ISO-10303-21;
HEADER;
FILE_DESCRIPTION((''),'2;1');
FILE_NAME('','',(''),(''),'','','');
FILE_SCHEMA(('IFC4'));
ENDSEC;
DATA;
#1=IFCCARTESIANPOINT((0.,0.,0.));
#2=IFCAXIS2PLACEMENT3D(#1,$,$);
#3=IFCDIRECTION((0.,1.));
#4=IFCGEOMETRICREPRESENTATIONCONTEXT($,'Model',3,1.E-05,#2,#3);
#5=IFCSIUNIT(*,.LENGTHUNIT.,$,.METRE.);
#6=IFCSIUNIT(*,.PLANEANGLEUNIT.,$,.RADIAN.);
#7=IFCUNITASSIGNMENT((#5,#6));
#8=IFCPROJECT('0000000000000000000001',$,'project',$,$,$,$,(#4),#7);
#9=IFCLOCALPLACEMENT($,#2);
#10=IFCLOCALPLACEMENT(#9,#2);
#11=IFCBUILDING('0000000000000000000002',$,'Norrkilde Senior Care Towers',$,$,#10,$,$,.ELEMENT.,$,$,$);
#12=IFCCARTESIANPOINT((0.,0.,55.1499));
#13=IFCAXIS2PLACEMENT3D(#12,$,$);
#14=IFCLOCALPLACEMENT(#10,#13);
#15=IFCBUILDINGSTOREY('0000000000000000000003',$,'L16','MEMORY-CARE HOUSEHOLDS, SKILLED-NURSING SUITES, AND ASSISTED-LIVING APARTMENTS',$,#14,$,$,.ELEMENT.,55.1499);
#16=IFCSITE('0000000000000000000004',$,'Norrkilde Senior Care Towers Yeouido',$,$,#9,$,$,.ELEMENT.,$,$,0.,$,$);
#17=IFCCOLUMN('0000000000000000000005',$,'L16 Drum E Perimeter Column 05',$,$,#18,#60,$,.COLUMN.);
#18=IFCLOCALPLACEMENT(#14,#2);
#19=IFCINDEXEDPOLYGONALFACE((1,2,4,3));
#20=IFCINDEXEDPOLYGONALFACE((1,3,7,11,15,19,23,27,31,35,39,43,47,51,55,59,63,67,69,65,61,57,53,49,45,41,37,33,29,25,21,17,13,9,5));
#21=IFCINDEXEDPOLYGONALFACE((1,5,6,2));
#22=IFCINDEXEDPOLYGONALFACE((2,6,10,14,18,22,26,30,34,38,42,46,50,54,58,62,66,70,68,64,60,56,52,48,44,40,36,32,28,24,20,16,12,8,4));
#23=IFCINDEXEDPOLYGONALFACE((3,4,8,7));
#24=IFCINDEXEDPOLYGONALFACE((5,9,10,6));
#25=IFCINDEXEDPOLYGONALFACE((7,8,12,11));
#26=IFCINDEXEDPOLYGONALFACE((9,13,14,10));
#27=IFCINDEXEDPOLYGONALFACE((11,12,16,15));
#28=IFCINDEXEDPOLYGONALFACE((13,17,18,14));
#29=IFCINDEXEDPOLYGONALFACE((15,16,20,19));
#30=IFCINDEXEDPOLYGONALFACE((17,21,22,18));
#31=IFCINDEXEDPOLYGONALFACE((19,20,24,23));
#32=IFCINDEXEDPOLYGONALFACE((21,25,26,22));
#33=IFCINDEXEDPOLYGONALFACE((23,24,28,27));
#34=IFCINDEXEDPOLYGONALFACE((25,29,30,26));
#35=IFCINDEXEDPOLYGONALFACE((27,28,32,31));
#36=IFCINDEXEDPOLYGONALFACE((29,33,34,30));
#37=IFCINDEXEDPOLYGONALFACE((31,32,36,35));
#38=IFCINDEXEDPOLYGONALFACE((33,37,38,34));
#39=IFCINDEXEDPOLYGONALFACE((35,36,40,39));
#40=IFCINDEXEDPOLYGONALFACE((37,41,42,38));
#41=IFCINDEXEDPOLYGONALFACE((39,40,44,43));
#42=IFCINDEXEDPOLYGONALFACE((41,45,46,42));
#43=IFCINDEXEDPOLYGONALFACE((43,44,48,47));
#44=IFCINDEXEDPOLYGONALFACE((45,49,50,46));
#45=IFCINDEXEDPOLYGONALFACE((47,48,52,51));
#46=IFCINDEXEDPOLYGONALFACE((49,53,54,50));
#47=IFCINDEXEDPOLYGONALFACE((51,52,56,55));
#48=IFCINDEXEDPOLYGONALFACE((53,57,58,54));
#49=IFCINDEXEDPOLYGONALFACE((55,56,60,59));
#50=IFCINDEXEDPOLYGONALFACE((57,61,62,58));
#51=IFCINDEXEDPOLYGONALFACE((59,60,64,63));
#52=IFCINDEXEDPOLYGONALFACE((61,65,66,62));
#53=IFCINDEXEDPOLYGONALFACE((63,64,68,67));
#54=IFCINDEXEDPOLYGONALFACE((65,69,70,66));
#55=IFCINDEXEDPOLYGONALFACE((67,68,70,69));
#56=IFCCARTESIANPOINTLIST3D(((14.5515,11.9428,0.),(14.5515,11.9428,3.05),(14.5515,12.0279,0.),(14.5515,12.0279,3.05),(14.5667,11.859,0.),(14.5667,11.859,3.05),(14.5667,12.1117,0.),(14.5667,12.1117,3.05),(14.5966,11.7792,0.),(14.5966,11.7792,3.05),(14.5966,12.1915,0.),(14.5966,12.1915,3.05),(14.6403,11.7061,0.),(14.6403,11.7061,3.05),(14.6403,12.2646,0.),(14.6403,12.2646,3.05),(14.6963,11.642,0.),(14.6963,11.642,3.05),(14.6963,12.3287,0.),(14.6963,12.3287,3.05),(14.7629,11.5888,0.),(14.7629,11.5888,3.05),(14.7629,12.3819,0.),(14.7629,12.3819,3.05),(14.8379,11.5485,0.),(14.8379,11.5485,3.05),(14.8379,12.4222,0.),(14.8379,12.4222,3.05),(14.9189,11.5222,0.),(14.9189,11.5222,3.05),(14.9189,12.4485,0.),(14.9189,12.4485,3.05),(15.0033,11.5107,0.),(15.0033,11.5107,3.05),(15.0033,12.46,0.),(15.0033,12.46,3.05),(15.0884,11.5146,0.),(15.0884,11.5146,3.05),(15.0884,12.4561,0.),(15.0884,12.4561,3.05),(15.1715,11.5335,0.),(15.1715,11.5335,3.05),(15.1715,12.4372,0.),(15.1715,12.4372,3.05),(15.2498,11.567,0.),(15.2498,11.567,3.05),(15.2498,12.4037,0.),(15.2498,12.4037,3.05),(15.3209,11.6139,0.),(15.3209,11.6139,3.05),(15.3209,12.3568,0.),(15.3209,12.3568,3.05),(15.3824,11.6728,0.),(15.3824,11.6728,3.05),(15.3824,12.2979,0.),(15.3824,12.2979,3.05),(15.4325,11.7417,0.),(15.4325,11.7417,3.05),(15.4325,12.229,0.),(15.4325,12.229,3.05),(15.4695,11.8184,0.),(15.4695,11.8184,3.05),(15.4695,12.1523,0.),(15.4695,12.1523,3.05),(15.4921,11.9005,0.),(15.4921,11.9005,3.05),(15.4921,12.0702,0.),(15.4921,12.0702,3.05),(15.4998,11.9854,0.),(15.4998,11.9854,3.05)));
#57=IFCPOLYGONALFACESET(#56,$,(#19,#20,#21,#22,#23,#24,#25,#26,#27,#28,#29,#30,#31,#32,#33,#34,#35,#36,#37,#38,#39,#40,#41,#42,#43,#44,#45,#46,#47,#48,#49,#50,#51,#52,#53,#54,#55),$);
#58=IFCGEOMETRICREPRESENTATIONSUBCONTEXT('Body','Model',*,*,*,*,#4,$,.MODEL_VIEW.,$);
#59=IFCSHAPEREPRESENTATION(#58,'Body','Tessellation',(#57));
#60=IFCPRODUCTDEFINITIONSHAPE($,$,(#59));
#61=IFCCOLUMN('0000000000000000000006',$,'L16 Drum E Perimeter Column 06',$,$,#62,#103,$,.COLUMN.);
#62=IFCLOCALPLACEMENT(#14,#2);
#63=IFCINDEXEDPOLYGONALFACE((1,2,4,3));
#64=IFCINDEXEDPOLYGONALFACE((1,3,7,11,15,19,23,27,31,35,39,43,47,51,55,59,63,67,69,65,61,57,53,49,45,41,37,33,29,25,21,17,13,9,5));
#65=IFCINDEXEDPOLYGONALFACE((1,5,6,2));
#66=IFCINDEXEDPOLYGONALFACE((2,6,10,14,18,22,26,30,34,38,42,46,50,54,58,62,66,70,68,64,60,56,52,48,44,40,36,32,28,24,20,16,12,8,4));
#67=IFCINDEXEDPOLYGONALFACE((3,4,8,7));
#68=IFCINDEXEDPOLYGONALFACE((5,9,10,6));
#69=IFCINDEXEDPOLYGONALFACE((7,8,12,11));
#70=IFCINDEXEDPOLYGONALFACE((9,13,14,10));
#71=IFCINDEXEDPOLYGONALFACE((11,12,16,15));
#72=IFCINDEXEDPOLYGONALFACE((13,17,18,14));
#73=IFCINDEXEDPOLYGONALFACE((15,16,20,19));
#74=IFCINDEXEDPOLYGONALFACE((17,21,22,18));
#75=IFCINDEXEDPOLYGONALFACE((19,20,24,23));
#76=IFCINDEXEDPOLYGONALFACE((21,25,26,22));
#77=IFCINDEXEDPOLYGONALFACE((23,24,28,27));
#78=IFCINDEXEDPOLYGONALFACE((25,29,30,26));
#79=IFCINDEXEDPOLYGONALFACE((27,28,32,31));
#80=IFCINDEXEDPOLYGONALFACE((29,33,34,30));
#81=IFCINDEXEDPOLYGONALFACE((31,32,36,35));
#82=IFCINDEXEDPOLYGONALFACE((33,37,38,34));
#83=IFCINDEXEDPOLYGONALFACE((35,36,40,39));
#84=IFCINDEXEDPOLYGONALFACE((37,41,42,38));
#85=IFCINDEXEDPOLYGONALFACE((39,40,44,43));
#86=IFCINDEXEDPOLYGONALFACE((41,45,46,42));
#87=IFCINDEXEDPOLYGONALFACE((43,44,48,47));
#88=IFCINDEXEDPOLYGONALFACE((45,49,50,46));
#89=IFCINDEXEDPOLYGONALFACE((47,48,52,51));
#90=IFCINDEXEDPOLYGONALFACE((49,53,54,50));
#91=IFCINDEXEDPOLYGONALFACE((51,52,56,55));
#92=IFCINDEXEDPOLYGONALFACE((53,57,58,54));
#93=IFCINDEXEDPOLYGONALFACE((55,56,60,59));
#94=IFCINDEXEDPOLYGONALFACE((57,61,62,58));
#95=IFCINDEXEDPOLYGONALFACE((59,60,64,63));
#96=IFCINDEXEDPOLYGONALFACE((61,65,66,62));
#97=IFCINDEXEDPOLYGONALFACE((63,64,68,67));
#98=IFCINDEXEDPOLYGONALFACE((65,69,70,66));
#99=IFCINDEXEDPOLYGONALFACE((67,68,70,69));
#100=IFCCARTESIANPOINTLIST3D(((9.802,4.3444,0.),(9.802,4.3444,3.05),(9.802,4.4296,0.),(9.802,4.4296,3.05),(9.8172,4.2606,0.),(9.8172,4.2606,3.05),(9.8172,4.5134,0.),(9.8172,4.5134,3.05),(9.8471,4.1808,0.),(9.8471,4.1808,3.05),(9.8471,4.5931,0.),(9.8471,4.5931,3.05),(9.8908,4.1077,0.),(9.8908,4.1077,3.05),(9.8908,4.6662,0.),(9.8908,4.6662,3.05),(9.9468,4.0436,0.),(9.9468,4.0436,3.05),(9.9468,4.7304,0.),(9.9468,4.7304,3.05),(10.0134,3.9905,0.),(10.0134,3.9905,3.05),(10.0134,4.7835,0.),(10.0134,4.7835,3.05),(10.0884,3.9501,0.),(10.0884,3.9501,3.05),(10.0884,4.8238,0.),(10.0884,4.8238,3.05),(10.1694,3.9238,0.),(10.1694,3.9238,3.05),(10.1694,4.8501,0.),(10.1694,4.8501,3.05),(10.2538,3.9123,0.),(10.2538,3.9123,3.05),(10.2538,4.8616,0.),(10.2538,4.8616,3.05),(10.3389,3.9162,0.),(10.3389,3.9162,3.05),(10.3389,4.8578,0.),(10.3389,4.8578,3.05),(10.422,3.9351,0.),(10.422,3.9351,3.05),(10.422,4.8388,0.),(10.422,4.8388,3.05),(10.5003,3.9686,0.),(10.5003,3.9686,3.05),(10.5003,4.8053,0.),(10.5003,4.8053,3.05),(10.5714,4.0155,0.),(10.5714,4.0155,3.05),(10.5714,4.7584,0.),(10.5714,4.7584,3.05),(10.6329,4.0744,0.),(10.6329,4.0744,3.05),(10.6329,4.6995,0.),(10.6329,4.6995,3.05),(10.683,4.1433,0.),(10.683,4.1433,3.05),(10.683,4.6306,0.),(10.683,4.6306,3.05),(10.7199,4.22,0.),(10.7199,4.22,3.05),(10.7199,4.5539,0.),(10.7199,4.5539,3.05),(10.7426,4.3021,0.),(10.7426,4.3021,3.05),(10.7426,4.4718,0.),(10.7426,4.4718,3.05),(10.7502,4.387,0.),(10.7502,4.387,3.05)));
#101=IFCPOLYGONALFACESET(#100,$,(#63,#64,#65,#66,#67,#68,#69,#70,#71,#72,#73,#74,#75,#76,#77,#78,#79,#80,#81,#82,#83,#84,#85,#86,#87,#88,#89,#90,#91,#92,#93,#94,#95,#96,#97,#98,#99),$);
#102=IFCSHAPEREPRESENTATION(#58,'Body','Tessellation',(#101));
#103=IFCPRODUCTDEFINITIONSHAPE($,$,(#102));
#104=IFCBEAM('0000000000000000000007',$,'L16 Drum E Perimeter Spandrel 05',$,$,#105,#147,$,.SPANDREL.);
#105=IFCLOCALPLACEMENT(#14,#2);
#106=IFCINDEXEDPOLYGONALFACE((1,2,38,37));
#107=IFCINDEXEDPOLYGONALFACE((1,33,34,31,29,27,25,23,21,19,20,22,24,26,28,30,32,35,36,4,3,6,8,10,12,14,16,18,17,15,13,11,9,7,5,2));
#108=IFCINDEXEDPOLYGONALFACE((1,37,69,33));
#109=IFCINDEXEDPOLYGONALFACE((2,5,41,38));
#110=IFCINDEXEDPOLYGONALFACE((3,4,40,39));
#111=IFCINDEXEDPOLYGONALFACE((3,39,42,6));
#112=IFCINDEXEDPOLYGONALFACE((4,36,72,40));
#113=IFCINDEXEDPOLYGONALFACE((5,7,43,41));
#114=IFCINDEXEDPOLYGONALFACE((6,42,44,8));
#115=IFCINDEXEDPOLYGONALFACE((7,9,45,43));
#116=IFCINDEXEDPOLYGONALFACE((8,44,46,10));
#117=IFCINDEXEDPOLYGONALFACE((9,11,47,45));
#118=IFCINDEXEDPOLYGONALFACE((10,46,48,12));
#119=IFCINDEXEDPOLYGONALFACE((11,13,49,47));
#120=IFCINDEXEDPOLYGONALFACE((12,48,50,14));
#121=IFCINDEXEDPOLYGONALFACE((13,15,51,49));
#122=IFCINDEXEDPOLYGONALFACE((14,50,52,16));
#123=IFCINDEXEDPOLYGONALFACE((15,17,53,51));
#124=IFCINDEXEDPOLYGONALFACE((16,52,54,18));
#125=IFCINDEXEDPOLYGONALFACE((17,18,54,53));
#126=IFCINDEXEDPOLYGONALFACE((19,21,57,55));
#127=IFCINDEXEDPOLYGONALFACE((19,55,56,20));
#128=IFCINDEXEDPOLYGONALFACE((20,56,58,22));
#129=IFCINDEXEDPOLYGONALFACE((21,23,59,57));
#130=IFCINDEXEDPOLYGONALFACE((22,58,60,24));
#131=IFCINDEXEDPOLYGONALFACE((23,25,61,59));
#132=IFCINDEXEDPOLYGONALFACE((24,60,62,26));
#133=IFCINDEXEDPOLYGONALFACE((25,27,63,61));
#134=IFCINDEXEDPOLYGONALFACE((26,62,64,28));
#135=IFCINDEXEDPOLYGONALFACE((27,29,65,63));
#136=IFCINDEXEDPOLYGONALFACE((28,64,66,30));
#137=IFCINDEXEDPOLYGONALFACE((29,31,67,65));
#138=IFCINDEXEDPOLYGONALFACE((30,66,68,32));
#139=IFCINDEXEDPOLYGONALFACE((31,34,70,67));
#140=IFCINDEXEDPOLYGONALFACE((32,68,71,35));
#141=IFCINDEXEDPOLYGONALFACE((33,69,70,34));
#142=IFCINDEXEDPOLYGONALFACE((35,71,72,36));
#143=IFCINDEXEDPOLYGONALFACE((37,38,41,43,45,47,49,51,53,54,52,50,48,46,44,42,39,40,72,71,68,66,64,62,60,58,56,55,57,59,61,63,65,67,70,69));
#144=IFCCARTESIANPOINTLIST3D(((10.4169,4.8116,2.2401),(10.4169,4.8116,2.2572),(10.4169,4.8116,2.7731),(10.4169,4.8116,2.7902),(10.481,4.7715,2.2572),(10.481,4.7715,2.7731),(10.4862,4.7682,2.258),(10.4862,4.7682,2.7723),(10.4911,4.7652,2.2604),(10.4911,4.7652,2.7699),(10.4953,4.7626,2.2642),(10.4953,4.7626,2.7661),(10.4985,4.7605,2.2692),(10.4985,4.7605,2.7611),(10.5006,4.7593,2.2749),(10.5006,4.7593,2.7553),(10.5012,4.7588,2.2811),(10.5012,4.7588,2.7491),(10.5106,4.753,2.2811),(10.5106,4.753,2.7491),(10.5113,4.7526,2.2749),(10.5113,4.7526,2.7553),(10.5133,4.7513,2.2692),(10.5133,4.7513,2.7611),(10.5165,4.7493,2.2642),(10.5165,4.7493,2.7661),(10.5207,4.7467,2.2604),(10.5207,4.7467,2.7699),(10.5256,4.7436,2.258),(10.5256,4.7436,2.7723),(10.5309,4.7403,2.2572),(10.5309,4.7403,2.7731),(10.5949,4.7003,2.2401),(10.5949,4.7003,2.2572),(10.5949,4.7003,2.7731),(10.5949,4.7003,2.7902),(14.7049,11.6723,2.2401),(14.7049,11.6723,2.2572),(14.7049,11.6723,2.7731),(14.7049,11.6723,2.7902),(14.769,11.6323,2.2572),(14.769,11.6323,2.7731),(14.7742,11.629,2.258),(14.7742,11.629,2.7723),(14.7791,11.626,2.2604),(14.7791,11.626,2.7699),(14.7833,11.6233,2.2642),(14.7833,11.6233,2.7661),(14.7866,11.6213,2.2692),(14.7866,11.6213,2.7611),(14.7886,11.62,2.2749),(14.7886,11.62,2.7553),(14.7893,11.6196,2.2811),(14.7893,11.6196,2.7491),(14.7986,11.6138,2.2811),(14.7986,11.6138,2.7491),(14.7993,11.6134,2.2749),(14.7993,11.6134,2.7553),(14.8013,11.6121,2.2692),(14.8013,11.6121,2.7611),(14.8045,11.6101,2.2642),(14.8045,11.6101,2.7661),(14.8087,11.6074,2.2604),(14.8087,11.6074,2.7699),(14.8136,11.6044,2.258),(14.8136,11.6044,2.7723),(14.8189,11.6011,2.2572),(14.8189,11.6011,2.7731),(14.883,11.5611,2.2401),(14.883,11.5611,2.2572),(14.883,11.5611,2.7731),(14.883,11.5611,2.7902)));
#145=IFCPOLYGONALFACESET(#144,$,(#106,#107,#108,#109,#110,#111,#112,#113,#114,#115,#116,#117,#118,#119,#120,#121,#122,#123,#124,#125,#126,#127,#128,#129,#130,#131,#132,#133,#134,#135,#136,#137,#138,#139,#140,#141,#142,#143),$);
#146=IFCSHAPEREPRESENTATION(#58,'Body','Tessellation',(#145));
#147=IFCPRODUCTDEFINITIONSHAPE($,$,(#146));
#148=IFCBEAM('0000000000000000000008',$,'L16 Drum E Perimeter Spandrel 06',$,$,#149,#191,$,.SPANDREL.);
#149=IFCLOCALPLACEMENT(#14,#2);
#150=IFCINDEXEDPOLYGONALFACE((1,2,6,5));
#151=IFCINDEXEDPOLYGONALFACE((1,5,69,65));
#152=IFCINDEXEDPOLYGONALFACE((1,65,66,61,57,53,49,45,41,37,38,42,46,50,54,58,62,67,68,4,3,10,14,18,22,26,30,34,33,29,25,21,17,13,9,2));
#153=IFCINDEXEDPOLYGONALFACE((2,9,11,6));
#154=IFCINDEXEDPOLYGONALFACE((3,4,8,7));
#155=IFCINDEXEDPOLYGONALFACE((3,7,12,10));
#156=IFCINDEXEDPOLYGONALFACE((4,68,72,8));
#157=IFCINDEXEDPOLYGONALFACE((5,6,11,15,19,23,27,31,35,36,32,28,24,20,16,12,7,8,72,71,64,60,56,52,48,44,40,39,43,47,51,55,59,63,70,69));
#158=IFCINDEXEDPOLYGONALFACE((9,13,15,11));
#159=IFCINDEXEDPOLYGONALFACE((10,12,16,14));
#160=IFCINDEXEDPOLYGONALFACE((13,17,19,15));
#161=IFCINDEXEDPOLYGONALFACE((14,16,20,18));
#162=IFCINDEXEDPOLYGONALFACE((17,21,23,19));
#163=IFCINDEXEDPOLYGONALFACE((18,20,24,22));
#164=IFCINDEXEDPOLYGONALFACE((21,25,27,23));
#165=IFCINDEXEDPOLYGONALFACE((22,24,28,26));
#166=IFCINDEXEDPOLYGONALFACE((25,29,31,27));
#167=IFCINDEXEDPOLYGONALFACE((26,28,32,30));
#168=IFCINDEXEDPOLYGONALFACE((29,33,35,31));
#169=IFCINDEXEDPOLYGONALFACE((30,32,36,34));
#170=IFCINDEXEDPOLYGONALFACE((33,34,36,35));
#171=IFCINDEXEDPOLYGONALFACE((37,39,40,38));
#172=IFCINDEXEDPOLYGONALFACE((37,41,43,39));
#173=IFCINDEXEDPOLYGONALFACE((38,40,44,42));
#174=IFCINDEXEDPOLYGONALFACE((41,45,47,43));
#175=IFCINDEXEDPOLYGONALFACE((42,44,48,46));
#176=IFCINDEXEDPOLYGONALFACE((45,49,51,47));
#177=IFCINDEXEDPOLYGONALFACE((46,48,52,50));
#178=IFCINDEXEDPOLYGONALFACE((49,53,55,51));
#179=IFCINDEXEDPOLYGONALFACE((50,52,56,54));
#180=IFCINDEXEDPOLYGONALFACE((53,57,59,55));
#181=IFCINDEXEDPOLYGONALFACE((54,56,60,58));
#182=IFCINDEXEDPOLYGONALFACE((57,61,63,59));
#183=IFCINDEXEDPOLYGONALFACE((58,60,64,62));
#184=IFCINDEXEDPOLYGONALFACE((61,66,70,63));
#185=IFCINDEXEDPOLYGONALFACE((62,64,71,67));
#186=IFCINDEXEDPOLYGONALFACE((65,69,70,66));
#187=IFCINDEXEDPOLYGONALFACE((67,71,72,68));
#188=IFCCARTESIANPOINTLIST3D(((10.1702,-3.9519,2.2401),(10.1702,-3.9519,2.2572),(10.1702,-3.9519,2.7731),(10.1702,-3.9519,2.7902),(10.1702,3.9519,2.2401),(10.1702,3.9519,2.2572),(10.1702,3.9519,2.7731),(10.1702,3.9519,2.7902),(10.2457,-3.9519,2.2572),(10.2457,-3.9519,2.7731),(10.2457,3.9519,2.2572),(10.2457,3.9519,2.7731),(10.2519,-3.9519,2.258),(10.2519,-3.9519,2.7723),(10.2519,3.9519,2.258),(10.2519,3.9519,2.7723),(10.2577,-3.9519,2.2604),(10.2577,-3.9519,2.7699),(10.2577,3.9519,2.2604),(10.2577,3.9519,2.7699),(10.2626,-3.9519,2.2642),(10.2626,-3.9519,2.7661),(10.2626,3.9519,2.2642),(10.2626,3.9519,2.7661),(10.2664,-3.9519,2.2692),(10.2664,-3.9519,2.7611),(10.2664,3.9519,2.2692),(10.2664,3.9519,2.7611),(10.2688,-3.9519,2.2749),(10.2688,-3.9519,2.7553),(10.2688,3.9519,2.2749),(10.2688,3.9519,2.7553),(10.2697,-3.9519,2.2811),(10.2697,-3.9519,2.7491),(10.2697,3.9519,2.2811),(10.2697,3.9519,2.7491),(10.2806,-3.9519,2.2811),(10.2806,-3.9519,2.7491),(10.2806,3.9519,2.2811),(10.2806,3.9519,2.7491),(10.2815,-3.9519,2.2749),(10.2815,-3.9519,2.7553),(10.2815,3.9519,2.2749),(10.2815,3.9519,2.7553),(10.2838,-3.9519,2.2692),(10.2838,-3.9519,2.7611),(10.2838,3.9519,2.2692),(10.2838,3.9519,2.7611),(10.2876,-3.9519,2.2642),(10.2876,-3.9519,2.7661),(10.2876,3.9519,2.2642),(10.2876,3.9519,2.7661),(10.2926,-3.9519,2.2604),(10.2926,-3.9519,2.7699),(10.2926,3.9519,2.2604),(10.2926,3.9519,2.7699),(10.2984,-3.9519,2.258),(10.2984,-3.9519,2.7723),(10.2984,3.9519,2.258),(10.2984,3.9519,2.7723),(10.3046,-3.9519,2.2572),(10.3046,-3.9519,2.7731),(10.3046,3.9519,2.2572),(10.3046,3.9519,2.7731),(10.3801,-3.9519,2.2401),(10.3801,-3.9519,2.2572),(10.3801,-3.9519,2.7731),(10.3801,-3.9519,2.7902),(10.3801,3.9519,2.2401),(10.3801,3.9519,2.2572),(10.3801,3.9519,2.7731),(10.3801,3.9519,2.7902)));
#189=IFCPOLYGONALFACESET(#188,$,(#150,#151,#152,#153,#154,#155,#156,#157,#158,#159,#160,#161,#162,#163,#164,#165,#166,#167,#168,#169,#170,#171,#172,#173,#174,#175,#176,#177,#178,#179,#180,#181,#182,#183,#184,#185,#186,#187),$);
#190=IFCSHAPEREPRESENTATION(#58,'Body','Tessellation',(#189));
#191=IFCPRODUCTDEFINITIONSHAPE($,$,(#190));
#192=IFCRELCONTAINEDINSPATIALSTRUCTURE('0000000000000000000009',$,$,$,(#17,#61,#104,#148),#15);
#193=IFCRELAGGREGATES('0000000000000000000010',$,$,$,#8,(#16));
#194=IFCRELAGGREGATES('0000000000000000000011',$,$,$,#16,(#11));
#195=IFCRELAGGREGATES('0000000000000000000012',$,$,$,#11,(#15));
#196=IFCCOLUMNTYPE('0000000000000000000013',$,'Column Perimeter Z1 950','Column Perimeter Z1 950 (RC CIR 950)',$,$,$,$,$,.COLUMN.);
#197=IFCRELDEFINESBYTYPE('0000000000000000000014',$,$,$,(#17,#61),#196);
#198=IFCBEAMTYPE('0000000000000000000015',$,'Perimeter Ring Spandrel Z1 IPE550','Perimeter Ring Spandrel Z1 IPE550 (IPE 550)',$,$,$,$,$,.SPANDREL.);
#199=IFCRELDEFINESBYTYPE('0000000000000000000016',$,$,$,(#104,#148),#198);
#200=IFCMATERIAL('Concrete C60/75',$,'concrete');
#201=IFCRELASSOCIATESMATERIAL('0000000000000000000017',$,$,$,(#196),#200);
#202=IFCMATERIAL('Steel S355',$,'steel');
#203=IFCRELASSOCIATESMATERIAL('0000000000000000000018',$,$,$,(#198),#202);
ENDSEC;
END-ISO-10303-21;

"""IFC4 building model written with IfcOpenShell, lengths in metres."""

from ifc_helpers import new_model, si_unit, direction, frame, origin, origin_2d, place, context, subcontext, project, spatial, circle, i_section, extrude, source, transform, mapped, material, material_profile, profile_set, type_object, type_shapes, element, save


model = new_model("IFC4")

# Units and contexts
model_context = context("Model", 3, precision=1e-05, world=origin(), true_north=direction((0.0, 1.0)))
body_context = subcontext(model_context, "Body", "Model", "MODEL_VIEW")
ifc_project = project(units=[si_unit("LENGTHUNIT", "METRE"), si_unit("PLANEANGLEUNIT", "RADIAN")], contexts=[model_context])

# Site, building, storey
site_placement = place(None, origin())
site = spatial("IfcSite", under=ifc_project, at=site_placement, Name="Norrkilde Senior Care Towers Yeouido", CompositionType="ELEMENT", RefElevation=0.0)
building_placement = place(site_placement, origin())
building = spatial("IfcBuilding", under=site, at=building_placement, Name="Norrkilde Senior Care Towers", CompositionType="ELEMENT")
storey_placement = place(building_placement, frame((0.0, 0.0, 55.1499)))
storey = spatial("IfcBuildingStorey", under=building, at=storey_placement, Name="L16", Description="MEMORY-CARE HOUSEHOLDS, SKILLED-NURSING SUITES, AND ASSISTED-LIVING APARTMENTS", CompositionType="ELEMENT", Elevation=55.1499)

# Columns
ifc_material_1 = material(Name="Concrete C60/75", Category="concrete")
ifc_material_profile_1 = material_profile(ifc_material_1, circle(Radius=0.4751, at=origin_2d()), Name="RC CIR 950")
ifc_profile_set_1 = profile_set([ifc_material_profile_1], Name="Concrete C60/75")
column_type = type_object("IfcColumnType", Name="Column Perimeter Z1 950", Description="Column Perimeter Z1 950 (RC CIR 950)", PredefinedType="COLUMN", material=ifc_profile_set_1)
shared_shape_1 = source(origin(), body_context, "Body", "SweptSolid", [
    extrude(circle(Radius=0.4751, at=origin_2d()), origin(), (0.0, 0.0, 1.0), 3.05),
])
type_shapes(column_type, [shared_shape_1])
for number, where, z_axis, x_axis, name in (
    (1, (15.0247, 11.9854, 0.0), (0.0, 0.0, 1.0), (1.0, 0.0, 0.0), "L16 Drum E Perimeter Column 05"),
    (2, (10.2751, 4.387, 0.0), (0.0, 0.0, 1.0), (1.0, 0.0, 0.0), "L16 Drum E Perimeter Column 06"),
):
    element("IfcColumn", number, at=place(storey_placement, frame(where, z_axis=z_axis, x_axis=x_axis)), inside=storey, type_object=column_type, Name=name, PredefinedType="COLUMN", context=body_context, shape_type="MappedRepresentation", body=[
        mapped(shared_shape_1, transform((0.0, 0.0, 0.0), x_axis=(1.0, 0.0, 0.0), y_axis=(0.0, 1.0, 0.0), z_axis=(0.0, 0.0, 1.0), scale=1.0)),
    ])

# Beams
ifc_material_2 = material(Name="Steel S355", Category="steel")
ifc_material_profile_2 = material_profile(ifc_material_2, i_section(OverallWidth=0.21, OverallDepth=0.55, WebThickness=0.011, FlangeThickness=0.0171, FilletRadius=0.0239, at=origin_2d()), Name="IPE 550")
ifc_profile_set_2 = profile_set([ifc_material_profile_2], Name="Steel S355")
beam_type = type_object("IfcBeamType", Name="Perimeter Ring Spandrel Z1 IPE550", Description="Perimeter Ring Spandrel Z1 IPE550 (IPE 550)", PredefinedType="SPANDREL", material=ifc_profile_set_2)
shared_shape_2 = source(origin(), body_context, "Body", "SweptSolid", [
    extrude(i_section(OverallWidth=0.21, OverallDepth=0.55, WebThickness=0.011, FlangeThickness=0.0171, FilletRadius=0.0239, at=origin_2d()), origin(), (0.0, 0.0, 1.0), 8.0906),
])
beam_1_placement = place(storey_placement, frame((14.7939, 11.6167, 2.5151), z_axis=(-0.530004, -0.847995, 0.0), x_axis=(0.847995, -0.530004, 0.0)))
element("IfcBeam", 3, at=beam_1_placement, inside=storey, type_object=beam_type, Name="L16 Drum E Perimeter Spandrel 05", PredefinedType="SPANDREL", context=body_context, shape_type="MappedRepresentation", body=[
    mapped(shared_shape_2, transform((0.0, 0.0, 0.0), x_axis=(1.0, 0.0, 0.0), y_axis=(0.0, 1.0, 0.0), z_axis=(0.0, 0.0, 1.0), scale=1.0)),
])
shared_shape_3 = source(origin(), body_context, "Body", "SweptSolid", [
    extrude(i_section(OverallWidth=0.21, OverallDepth=0.55, WebThickness=0.011, FlangeThickness=0.0171, FilletRadius=0.0239, at=origin_2d()), origin(), (0.0, 0.0, 1.0), 7.9038),
])
type_shapes(beam_type, [shared_shape_2, shared_shape_3])
beam_2_placement = place(storey_placement, frame((10.2751, 3.9519, 2.5151), z_axis=(0.0, -1.0, 0.0), x_axis=(1.0, 0.0, 0.0)))
element("IfcBeam", 4, at=beam_2_placement, inside=storey, type_object=beam_type, Name="L16 Drum E Perimeter Spandrel 06", PredefinedType="SPANDREL", context=body_context, shape_type="MappedRepresentation", body=[
    mapped(shared_shape_3, transform((0.0, 0.0, 0.0), x_axis=(1.0, 0.0, 0.0), y_axis=(0.0, 1.0, 0.0), z_axis=(0.0, 0.0, 1.0), scale=1.0)),
])

save(model, "model.ifc")
